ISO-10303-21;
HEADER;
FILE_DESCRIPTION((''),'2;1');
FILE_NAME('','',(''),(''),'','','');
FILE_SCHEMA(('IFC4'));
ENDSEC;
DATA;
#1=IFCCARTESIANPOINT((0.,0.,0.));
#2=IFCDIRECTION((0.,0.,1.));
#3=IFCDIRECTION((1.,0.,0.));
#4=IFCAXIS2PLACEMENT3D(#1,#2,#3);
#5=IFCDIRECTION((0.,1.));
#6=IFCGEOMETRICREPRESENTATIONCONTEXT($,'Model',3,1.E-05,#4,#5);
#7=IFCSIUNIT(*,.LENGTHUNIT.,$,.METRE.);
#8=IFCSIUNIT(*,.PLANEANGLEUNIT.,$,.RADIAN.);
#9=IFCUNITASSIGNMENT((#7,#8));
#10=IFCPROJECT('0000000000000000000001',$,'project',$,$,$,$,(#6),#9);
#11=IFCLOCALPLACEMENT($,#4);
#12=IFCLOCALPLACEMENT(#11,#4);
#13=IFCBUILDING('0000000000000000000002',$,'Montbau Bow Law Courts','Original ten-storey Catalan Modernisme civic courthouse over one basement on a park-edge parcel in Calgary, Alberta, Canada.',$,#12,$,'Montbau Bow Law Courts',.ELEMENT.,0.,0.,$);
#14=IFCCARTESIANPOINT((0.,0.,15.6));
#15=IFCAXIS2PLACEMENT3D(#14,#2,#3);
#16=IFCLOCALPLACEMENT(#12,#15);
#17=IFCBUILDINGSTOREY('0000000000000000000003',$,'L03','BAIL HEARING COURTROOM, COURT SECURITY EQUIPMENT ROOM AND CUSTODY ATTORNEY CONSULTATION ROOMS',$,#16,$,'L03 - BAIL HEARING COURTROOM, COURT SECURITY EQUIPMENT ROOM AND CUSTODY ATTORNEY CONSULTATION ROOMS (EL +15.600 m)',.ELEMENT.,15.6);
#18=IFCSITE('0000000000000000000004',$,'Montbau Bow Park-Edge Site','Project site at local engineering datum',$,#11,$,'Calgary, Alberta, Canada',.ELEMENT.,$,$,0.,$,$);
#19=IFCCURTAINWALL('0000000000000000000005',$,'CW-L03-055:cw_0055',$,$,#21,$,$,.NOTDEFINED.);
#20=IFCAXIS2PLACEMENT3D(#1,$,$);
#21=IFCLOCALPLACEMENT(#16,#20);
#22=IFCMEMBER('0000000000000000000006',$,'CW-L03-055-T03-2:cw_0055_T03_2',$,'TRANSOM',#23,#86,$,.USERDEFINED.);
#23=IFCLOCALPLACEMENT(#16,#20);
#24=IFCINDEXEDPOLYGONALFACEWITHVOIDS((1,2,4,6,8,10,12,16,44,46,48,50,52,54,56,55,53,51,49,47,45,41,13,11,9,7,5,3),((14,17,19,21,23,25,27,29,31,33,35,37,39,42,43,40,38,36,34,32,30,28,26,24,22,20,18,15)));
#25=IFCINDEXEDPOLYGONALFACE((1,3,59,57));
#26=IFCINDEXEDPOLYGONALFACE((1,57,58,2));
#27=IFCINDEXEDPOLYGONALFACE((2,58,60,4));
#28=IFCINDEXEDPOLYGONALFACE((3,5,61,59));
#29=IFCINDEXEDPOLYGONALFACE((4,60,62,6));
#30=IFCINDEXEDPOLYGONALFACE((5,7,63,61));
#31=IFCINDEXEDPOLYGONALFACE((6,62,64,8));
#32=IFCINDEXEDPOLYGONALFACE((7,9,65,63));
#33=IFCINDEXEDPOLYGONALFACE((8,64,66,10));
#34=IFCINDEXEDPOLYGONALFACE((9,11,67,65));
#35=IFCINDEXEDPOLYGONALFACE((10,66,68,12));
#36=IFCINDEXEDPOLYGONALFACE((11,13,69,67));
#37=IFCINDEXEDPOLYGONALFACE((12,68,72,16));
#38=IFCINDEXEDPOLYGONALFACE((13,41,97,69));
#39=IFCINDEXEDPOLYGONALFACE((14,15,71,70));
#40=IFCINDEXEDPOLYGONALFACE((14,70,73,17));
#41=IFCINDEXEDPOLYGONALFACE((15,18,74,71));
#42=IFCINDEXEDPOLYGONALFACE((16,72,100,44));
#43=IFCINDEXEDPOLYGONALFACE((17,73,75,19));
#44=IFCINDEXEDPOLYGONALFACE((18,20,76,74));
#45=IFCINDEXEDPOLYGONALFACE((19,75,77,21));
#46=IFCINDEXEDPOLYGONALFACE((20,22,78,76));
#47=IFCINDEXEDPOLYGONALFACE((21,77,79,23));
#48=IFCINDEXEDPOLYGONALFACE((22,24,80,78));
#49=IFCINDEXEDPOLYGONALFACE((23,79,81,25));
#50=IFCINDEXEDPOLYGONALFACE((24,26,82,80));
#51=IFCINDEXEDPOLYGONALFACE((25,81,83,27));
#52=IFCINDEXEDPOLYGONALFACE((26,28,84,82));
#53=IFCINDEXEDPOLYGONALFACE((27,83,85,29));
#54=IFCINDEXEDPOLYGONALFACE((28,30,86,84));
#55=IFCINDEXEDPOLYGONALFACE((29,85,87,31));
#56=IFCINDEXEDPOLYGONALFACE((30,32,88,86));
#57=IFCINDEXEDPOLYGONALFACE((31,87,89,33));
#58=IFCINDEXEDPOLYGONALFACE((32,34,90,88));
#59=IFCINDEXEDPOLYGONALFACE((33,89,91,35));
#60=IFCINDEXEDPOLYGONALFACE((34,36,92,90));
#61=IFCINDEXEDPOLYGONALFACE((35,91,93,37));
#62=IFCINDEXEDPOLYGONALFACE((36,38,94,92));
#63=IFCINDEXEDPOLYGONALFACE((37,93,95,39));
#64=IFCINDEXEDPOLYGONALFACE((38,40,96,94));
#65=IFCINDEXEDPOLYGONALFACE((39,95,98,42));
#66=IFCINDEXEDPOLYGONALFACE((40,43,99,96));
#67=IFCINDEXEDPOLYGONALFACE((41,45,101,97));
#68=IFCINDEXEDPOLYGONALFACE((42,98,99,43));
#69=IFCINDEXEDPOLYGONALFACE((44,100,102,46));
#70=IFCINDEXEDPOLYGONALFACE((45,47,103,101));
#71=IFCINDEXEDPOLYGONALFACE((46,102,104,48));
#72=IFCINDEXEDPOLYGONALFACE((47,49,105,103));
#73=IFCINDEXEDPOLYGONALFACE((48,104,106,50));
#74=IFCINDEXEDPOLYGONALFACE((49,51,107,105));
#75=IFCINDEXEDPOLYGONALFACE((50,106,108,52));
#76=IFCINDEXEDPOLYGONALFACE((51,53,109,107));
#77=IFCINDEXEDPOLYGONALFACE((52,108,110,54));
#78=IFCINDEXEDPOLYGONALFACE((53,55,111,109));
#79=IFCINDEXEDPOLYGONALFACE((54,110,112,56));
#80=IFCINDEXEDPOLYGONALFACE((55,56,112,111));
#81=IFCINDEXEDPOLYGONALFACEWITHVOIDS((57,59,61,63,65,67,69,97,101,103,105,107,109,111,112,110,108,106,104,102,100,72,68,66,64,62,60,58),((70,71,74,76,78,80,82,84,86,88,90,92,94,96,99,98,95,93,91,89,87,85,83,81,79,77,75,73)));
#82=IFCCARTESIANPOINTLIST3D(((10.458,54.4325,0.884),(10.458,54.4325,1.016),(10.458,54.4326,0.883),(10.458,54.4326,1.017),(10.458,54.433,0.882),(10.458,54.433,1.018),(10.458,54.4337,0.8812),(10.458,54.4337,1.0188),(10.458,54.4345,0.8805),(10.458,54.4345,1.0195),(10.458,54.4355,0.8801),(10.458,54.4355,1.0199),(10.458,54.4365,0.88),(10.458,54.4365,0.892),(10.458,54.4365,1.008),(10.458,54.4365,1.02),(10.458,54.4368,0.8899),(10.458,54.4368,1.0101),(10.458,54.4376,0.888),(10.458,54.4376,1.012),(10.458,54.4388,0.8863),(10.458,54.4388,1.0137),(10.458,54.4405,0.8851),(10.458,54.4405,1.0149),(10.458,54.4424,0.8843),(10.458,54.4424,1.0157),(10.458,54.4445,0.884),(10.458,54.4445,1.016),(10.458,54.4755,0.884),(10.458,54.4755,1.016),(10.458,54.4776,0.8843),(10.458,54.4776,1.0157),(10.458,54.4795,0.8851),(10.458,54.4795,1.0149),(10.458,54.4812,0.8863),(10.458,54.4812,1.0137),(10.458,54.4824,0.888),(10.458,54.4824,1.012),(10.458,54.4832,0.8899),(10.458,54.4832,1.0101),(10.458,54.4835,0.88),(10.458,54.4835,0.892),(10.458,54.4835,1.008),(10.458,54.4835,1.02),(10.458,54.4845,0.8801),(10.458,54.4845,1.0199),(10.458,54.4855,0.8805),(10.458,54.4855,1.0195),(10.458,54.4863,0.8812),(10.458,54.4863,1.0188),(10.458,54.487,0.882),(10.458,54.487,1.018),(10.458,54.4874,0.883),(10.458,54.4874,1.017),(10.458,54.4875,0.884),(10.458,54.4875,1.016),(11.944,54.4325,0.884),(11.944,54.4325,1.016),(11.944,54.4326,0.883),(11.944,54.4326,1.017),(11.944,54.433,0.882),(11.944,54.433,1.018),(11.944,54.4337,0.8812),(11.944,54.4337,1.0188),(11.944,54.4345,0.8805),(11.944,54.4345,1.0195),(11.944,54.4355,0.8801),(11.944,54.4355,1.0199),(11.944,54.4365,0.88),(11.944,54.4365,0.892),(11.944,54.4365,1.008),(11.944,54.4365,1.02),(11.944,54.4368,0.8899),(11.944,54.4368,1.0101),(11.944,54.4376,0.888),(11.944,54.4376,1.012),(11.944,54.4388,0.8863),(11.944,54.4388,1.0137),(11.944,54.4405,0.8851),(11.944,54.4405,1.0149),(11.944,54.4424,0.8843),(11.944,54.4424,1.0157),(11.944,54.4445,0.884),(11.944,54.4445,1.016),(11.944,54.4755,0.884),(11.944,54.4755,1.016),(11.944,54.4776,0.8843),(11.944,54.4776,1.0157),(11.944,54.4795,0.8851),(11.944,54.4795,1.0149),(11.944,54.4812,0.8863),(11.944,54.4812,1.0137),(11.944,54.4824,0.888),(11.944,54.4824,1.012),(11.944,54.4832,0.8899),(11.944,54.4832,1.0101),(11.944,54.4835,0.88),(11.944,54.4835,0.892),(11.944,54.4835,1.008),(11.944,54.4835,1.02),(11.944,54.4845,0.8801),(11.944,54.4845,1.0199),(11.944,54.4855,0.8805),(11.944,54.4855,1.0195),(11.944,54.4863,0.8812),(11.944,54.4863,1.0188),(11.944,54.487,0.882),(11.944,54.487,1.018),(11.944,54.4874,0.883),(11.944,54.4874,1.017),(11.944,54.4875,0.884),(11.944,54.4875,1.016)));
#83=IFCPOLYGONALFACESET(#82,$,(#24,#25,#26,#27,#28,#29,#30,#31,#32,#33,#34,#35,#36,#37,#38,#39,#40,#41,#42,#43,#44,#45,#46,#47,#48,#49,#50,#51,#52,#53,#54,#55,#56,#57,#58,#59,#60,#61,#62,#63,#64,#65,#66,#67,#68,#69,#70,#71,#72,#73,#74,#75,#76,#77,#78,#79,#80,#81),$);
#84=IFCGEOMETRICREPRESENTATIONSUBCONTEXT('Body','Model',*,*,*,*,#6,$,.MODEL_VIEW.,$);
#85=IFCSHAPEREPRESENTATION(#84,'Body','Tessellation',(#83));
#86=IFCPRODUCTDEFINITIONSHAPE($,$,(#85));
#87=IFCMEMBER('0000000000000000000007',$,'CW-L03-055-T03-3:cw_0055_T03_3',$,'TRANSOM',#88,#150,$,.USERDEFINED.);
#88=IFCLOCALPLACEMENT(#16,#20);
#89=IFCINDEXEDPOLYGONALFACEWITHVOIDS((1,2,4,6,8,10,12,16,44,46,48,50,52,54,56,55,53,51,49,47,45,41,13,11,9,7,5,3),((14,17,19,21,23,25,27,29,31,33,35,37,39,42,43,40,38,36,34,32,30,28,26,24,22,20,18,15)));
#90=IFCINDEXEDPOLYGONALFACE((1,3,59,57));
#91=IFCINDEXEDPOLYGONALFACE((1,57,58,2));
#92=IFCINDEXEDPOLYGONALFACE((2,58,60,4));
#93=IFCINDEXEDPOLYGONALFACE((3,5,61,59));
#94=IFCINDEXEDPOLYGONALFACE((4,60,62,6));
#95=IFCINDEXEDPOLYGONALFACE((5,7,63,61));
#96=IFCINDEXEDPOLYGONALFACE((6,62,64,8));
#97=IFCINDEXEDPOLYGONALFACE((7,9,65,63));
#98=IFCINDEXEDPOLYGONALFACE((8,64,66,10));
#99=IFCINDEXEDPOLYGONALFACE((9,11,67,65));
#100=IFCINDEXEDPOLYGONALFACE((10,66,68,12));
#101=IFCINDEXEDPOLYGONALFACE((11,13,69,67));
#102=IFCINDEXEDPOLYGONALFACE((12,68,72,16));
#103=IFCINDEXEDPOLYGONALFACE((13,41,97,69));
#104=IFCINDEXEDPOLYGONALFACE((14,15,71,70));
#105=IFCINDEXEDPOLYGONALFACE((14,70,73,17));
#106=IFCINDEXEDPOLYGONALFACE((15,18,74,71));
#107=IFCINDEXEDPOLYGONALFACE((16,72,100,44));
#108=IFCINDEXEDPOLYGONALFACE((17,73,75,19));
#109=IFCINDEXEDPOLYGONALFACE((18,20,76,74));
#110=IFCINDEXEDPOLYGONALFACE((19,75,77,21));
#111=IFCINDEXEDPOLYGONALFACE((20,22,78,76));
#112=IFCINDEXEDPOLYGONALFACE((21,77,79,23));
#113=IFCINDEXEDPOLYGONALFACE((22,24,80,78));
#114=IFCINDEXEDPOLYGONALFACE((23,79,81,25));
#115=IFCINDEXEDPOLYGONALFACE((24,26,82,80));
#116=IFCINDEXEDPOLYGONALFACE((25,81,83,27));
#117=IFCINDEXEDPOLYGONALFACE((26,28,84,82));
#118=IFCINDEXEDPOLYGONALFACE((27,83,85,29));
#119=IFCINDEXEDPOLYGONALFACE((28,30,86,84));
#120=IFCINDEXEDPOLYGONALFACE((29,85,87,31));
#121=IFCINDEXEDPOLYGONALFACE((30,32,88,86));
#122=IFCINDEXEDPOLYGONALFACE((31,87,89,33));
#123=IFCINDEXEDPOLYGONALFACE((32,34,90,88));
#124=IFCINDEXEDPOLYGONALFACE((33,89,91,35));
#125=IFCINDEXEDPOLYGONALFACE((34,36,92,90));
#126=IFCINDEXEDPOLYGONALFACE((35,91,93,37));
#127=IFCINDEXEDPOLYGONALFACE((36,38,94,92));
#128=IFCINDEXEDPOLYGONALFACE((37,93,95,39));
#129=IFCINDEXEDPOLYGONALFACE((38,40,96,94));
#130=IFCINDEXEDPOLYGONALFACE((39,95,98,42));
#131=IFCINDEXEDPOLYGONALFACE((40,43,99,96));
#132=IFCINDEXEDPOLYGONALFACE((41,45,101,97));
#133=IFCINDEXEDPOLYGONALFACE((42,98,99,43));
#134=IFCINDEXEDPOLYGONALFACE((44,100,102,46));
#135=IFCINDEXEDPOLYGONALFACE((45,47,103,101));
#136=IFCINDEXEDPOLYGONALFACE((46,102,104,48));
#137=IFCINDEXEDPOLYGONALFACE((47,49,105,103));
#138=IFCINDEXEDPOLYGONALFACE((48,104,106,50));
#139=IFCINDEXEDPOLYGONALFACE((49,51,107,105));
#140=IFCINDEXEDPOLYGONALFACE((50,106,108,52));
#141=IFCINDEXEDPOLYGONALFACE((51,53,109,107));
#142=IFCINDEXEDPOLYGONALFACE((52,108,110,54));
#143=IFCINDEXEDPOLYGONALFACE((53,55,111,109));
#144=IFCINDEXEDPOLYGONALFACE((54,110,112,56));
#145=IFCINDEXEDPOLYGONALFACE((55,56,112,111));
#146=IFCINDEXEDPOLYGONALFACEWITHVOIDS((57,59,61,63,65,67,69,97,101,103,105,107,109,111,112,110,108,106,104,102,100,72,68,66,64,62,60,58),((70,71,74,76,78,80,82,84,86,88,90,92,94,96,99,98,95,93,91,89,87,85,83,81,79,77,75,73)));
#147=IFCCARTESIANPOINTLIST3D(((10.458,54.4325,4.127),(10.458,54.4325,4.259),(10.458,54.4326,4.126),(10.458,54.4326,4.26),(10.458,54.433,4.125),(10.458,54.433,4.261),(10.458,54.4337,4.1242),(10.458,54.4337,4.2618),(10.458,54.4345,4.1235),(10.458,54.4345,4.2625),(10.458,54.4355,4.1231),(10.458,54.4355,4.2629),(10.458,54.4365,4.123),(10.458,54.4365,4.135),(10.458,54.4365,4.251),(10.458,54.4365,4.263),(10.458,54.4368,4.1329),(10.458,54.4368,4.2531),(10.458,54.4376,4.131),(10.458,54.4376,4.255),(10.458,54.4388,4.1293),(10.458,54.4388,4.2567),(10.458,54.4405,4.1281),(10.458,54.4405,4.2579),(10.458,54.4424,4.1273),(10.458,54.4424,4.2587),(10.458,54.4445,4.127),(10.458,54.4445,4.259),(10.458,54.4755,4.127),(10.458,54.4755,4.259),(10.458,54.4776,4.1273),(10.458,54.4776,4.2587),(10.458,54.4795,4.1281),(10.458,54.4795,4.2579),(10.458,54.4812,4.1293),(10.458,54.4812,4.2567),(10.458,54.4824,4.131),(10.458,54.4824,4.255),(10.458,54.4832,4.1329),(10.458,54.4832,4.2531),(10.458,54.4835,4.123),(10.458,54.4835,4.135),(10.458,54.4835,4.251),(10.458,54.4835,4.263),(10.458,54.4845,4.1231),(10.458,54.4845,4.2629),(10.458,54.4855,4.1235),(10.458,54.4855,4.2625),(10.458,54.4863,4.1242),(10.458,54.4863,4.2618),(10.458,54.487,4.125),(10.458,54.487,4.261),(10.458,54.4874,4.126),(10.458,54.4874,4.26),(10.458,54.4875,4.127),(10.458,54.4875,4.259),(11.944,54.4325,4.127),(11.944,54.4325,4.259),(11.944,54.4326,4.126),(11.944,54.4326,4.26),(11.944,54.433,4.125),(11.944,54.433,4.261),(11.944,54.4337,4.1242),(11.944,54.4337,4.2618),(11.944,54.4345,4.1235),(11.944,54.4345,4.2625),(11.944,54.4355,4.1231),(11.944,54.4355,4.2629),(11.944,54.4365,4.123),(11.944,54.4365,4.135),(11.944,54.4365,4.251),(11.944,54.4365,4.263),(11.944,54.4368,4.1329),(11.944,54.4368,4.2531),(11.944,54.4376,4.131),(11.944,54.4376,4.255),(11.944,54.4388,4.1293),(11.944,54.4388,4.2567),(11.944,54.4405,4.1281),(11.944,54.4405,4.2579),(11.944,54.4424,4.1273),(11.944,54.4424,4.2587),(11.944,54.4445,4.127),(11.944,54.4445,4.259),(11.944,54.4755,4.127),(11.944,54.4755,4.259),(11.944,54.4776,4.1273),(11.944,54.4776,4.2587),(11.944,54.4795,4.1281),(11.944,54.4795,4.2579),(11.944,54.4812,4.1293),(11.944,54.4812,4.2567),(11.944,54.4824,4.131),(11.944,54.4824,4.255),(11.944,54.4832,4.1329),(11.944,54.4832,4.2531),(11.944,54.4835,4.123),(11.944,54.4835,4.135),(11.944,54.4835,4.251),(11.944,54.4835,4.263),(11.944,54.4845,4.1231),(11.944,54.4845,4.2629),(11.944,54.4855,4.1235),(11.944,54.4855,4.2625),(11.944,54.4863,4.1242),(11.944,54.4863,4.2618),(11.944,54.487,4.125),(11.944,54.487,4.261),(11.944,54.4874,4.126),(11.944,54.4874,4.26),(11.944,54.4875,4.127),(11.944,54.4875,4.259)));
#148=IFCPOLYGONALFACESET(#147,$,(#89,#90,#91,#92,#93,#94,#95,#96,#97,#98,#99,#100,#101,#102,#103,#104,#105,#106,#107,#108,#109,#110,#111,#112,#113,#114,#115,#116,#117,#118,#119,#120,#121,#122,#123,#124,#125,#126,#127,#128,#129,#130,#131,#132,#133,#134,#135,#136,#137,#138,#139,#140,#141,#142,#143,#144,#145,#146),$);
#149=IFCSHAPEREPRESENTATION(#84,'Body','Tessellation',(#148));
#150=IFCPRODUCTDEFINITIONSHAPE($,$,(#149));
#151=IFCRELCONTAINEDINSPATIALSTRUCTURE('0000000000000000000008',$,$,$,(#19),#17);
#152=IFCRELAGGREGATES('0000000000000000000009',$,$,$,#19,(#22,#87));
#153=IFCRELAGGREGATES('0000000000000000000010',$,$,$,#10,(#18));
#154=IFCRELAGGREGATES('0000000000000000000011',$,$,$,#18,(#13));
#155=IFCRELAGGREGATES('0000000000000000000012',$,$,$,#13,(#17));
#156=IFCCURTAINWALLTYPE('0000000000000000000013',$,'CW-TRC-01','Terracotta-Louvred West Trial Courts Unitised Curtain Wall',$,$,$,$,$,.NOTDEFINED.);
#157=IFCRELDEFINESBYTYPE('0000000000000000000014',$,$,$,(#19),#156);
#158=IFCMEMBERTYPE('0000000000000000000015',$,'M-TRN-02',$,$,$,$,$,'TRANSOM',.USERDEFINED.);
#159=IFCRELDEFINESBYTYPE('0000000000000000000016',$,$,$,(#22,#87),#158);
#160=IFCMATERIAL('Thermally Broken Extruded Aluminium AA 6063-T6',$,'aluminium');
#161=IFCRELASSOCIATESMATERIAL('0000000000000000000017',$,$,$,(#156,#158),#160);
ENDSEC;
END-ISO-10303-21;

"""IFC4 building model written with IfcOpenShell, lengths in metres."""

from ifc_helpers import new_model, si_unit, direction, frame, origin_with_axes, origin_2d_with_axis, place, context, subcontext, project, spatial, hollow_rectangle, extrude, material, material_profile, profile_set, type_object, element, aggregate, save


model = new_model("IFC4")

# Units and contexts
model_context = context("Model", 3, precision=1e-05, world=origin_with_axes(), true_north=direction((0.0, 1.0)))
body_context = subcontext(model_context, "Body", "Model", "MODEL_VIEW")
ifc_project = project(units=[si_unit("LENGTHUNIT", "METRE"), si_unit("PLANEANGLEUNIT", "RADIAN")], contexts=[model_context])

# Site, building, storey
site_placement = place(None, origin_with_axes())
site = spatial("IfcSite", under=ifc_project, at=site_placement, Name="Montbau Bow Park-Edge Site", Description="Project site at local engineering datum", LongName="Calgary, Alberta, Canada", CompositionType="ELEMENT", RefElevation=0.0)
building_placement = place(site_placement, origin_with_axes())
building = spatial("IfcBuilding", under=site, at=building_placement, Name="Montbau Bow Law Courts", Description="Original ten-storey Catalan Modernisme civic courthouse over one basement on a park-edge parcel in Calgary, Alberta, Canada.", LongName="Montbau Bow Law Courts", CompositionType="ELEMENT", ElevationOfRefHeight=0.0, ElevationOfTerrain=0.0)
storey_placement = place(building_placement, frame((0.0, 0.0, 15.6), z_axis=(0.0, 0.0, 1.0), x_axis=(1.0, 0.0, 0.0)))
storey = spatial("IfcBuildingStorey", under=building, at=storey_placement, Name="L03", Description="BAIL HEARING COURTROOM, COURT SECURITY EQUIPMENT ROOM AND CUSTODY ATTORNEY CONSULTATION ROOMS", LongName="L03 - BAIL HEARING COURTROOM, COURT SECURITY EQUIPMENT ROOM AND CUSTODY ATTORNEY CONSULTATION ROOMS (EL +15.600 m)", CompositionType="ELEMENT", Elevation=15.6)

# Curtain wall
ifc_material_1 = material(Name="Thermally Broken Extruded Aluminium AA 6063-T6", Category="aluminium")
curtain_wall_type = type_object("IfcCurtainWallType", Name="CW-TRC-01", Description="Terracotta-Louvred West Trial Courts Unitised Curtain Wall", PredefinedType="NOTDEFINED", material=ifc_material_1)
curtain_wall_1_placement = place(None, frame((7.315, 54.46, 15.6), z_axis=(0.0, 0.0, 1.0), x_axis=(1.0, 0.0, 0.0)))
curtain_wall_1 = element("IfcCurtainWall", 1, at=curtain_wall_1_placement, inside=storey, type_object=curtain_wall_type, Name="CW-L03-055:cw_0055", PredefinedType="NOTDEFINED")

# Members
ifc_material_profile_1 = material_profile(ifc_material_1, hollow_rectangle(XDim=0.055, YDim=0.14, WallThickness=0.004, InnerFilletRadius=0.008, OuterFilletRadius=0.004, at=origin_2d_with_axis()), Name="CWT-140X55", Category="Main", Priority=0)
ifc_profile_set_1 = profile_set([ifc_material_profile_1], Name="Thermally Broken Extruded Aluminium AA 6063-T6")
member_type_1 = type_object("IfcMemberType", Name="M-TRN-02", ElementType="TRANSOM", PredefinedType="USERDEFINED", material=ifc_profile_set_1)
member_1_placement = place(None, frame((10.458, 54.46, 16.55), z_axis=(1.0, 0.0, 0.0), x_axis=(0.0, 1.0, 0.0)))
member_1 = element("IfcMember", 2, at=member_1_placement, type_object=member_type_1, Name="CW-L03-055-T03-2:cw_0055_T03_2", ObjectType="TRANSOM", PredefinedType="USERDEFINED", context=body_context, shape_type="SweptSolid", body=[
    extrude(hollow_rectangle(XDim=0.055, YDim=0.14, WallThickness=0.004, InnerFilletRadius=0.008, OuterFilletRadius=0.004, at=origin_2d_with_axis()), origin_with_axes(), (0.0, 0.0, 1.0), 1.486),
])
member_2_placement = place(None, frame((10.458, 54.46, 19.793), z_axis=(1.0, 0.0, 0.0), x_axis=(0.0, 1.0, 0.0)))
member_2 = element("IfcMember", 3, at=member_2_placement, type_object=member_type_1, Name="CW-L03-055-T03-3:cw_0055_T03_3", ObjectType="TRANSOM", PredefinedType="USERDEFINED", context=body_context, shape_type="SweptSolid", body=[
    extrude(hollow_rectangle(XDim=0.055, YDim=0.14, WallThickness=0.004, InnerFilletRadius=0.008, OuterFilletRadius=0.004, at=origin_2d_with_axis()), origin_with_axes(), (0.0, 0.0, 1.0), 1.486),
])

aggregate(curtain_wall_1, [member_1, member_2])

save(model, "model.ifc")
